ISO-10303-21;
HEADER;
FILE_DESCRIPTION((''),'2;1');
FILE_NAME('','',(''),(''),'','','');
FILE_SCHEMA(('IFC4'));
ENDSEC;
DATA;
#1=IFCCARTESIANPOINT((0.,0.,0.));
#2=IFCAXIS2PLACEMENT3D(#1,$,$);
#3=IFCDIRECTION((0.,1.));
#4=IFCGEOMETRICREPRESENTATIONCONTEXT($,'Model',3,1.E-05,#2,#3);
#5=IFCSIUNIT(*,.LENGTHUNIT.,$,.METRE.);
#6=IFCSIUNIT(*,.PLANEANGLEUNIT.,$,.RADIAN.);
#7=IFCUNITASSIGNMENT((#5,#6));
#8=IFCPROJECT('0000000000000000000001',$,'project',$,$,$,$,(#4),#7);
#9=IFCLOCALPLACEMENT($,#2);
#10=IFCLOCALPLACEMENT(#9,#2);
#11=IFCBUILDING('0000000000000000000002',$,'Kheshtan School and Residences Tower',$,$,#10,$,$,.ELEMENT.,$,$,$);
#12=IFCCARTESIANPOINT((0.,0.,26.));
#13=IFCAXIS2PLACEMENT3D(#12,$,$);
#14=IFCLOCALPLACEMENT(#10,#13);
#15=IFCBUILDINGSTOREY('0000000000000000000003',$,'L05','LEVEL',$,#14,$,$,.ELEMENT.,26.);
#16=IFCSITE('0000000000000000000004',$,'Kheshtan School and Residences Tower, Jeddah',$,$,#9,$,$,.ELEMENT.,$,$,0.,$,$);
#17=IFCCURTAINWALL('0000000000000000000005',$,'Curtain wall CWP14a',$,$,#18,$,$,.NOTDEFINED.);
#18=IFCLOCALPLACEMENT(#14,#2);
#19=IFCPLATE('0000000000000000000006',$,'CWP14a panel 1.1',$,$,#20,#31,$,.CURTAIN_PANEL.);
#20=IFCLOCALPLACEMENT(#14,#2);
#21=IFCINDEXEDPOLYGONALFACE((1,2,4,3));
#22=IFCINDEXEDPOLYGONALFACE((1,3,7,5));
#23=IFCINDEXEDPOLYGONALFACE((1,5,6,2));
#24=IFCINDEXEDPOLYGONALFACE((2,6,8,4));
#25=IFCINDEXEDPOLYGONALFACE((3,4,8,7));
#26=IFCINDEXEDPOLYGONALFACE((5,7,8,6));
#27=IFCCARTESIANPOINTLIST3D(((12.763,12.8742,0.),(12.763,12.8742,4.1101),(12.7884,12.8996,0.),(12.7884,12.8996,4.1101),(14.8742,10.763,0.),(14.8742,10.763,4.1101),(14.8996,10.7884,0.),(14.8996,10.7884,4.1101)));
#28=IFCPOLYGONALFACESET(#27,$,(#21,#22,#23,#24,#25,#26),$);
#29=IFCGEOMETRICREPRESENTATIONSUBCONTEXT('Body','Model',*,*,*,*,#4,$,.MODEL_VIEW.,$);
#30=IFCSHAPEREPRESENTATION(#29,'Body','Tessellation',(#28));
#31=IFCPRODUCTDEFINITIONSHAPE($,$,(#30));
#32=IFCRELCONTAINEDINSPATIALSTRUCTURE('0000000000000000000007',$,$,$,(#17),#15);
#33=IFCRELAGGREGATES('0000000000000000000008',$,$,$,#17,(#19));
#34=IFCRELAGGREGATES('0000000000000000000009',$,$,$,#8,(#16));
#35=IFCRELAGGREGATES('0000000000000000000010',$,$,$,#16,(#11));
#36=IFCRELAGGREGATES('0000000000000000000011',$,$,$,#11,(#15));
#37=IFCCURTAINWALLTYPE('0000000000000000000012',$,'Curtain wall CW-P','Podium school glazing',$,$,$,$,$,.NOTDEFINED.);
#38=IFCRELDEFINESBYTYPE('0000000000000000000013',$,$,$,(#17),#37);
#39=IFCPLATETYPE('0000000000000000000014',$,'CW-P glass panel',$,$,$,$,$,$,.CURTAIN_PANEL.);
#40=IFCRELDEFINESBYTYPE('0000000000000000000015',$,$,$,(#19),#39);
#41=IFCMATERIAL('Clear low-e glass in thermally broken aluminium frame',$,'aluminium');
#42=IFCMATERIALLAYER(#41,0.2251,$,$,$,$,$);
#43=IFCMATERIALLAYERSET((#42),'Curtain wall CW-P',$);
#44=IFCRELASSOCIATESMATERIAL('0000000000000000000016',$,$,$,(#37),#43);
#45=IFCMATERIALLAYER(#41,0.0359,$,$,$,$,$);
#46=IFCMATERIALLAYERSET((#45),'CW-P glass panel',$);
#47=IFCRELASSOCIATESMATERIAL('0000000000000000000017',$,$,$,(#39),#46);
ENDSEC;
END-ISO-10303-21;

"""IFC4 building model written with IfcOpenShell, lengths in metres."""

from ifc_helpers import new_model, si_unit, direction, frame, origin, origin_2d, place, context, subcontext, project, spatial, rectangle, extrude, material, layer, layer_set, type_object, element, aggregate, save


model = new_model("IFC4")

# Units and contexts
model_context = context("Model", 3, precision=1e-05, world=origin(), true_north=direction((0.0, 1.0)))
body_context = subcontext(model_context, "Body", "Model", "MODEL_VIEW")
ifc_project = project(units=[si_unit("LENGTHUNIT", "METRE"), si_unit("PLANEANGLEUNIT", "RADIAN")], contexts=[model_context])

# Site, building, storey
site_placement = place(None, origin())
site = spatial("IfcSite", under=ifc_project, at=site_placement, Name="Kheshtan School and Residences Tower, Jeddah", CompositionType="ELEMENT", RefElevation=0.0)
building_placement = place(site_placement, origin())
building = spatial("IfcBuilding", under=site, at=building_placement, Name="Kheshtan School and Residences Tower", CompositionType="ELEMENT")
storey_placement = place(building_placement, frame((0.0, 0.0, 26.0)))
storey = spatial("IfcBuildingStorey", under=building, at=storey_placement, Name="L05", Description="LEVEL", CompositionType="ELEMENT", Elevation=26.0)

# Curtain wall
ifc_material_1 = material(Name="Clear low-e glass in thermally broken aluminium frame", Category="aluminium")
ifc_layer_1 = layer(ifc_material_1, 0.2251)
ifc_layer_set_1 = layer_set([ifc_layer_1], Name="Curtain wall CW-P")
curtain_wall_type = type_object("IfcCurtainWallType", Name="Curtain wall CW-P", Description="Podium school glazing", PredefinedType="NOTDEFINED", material=ifc_layer_set_1)
curtain_wall_1_placement = place(storey_placement, origin())
curtain_wall_1 = element("IfcCurtainWall", 1, at=curtain_wall_1_placement, inside=storey, type_object=curtain_wall_type, Name="Curtain wall CWP14a", PredefinedType="NOTDEFINED")

# Plate
ifc_layer_2 = layer(ifc_material_1, 0.0359)
ifc_layer_set_2 = layer_set([ifc_layer_2], Name="CW-P glass panel")
plate_type = type_object("IfcPlateType", Name="CW-P glass panel", PredefinedType="CURTAIN_PANEL", material=ifc_layer_set_2)
plate_1_placement = place(storey_placement, frame((13.8313, 11.8313, 0.0), z_axis=(0.0, 0.0, 1.0), x_axis=(-0.707107, 0.707107, 0.0)))
plate_1 = element("IfcPlate", 2, at=plate_1_placement, type_object=plate_type, Name="CWP14a panel 1.1", PredefinedType="CURTAIN_PANEL", context=body_context, shape_type="SweptSolid", body=[
    extrude(rectangle(XDim=2.9856, YDim=0.0359, at=origin_2d()), origin(), (0.0, 0.0, 1.0), 4.1101),
])
aggregate(curtain_wall_1, [plate_1])

save(model, "model.ifc")
